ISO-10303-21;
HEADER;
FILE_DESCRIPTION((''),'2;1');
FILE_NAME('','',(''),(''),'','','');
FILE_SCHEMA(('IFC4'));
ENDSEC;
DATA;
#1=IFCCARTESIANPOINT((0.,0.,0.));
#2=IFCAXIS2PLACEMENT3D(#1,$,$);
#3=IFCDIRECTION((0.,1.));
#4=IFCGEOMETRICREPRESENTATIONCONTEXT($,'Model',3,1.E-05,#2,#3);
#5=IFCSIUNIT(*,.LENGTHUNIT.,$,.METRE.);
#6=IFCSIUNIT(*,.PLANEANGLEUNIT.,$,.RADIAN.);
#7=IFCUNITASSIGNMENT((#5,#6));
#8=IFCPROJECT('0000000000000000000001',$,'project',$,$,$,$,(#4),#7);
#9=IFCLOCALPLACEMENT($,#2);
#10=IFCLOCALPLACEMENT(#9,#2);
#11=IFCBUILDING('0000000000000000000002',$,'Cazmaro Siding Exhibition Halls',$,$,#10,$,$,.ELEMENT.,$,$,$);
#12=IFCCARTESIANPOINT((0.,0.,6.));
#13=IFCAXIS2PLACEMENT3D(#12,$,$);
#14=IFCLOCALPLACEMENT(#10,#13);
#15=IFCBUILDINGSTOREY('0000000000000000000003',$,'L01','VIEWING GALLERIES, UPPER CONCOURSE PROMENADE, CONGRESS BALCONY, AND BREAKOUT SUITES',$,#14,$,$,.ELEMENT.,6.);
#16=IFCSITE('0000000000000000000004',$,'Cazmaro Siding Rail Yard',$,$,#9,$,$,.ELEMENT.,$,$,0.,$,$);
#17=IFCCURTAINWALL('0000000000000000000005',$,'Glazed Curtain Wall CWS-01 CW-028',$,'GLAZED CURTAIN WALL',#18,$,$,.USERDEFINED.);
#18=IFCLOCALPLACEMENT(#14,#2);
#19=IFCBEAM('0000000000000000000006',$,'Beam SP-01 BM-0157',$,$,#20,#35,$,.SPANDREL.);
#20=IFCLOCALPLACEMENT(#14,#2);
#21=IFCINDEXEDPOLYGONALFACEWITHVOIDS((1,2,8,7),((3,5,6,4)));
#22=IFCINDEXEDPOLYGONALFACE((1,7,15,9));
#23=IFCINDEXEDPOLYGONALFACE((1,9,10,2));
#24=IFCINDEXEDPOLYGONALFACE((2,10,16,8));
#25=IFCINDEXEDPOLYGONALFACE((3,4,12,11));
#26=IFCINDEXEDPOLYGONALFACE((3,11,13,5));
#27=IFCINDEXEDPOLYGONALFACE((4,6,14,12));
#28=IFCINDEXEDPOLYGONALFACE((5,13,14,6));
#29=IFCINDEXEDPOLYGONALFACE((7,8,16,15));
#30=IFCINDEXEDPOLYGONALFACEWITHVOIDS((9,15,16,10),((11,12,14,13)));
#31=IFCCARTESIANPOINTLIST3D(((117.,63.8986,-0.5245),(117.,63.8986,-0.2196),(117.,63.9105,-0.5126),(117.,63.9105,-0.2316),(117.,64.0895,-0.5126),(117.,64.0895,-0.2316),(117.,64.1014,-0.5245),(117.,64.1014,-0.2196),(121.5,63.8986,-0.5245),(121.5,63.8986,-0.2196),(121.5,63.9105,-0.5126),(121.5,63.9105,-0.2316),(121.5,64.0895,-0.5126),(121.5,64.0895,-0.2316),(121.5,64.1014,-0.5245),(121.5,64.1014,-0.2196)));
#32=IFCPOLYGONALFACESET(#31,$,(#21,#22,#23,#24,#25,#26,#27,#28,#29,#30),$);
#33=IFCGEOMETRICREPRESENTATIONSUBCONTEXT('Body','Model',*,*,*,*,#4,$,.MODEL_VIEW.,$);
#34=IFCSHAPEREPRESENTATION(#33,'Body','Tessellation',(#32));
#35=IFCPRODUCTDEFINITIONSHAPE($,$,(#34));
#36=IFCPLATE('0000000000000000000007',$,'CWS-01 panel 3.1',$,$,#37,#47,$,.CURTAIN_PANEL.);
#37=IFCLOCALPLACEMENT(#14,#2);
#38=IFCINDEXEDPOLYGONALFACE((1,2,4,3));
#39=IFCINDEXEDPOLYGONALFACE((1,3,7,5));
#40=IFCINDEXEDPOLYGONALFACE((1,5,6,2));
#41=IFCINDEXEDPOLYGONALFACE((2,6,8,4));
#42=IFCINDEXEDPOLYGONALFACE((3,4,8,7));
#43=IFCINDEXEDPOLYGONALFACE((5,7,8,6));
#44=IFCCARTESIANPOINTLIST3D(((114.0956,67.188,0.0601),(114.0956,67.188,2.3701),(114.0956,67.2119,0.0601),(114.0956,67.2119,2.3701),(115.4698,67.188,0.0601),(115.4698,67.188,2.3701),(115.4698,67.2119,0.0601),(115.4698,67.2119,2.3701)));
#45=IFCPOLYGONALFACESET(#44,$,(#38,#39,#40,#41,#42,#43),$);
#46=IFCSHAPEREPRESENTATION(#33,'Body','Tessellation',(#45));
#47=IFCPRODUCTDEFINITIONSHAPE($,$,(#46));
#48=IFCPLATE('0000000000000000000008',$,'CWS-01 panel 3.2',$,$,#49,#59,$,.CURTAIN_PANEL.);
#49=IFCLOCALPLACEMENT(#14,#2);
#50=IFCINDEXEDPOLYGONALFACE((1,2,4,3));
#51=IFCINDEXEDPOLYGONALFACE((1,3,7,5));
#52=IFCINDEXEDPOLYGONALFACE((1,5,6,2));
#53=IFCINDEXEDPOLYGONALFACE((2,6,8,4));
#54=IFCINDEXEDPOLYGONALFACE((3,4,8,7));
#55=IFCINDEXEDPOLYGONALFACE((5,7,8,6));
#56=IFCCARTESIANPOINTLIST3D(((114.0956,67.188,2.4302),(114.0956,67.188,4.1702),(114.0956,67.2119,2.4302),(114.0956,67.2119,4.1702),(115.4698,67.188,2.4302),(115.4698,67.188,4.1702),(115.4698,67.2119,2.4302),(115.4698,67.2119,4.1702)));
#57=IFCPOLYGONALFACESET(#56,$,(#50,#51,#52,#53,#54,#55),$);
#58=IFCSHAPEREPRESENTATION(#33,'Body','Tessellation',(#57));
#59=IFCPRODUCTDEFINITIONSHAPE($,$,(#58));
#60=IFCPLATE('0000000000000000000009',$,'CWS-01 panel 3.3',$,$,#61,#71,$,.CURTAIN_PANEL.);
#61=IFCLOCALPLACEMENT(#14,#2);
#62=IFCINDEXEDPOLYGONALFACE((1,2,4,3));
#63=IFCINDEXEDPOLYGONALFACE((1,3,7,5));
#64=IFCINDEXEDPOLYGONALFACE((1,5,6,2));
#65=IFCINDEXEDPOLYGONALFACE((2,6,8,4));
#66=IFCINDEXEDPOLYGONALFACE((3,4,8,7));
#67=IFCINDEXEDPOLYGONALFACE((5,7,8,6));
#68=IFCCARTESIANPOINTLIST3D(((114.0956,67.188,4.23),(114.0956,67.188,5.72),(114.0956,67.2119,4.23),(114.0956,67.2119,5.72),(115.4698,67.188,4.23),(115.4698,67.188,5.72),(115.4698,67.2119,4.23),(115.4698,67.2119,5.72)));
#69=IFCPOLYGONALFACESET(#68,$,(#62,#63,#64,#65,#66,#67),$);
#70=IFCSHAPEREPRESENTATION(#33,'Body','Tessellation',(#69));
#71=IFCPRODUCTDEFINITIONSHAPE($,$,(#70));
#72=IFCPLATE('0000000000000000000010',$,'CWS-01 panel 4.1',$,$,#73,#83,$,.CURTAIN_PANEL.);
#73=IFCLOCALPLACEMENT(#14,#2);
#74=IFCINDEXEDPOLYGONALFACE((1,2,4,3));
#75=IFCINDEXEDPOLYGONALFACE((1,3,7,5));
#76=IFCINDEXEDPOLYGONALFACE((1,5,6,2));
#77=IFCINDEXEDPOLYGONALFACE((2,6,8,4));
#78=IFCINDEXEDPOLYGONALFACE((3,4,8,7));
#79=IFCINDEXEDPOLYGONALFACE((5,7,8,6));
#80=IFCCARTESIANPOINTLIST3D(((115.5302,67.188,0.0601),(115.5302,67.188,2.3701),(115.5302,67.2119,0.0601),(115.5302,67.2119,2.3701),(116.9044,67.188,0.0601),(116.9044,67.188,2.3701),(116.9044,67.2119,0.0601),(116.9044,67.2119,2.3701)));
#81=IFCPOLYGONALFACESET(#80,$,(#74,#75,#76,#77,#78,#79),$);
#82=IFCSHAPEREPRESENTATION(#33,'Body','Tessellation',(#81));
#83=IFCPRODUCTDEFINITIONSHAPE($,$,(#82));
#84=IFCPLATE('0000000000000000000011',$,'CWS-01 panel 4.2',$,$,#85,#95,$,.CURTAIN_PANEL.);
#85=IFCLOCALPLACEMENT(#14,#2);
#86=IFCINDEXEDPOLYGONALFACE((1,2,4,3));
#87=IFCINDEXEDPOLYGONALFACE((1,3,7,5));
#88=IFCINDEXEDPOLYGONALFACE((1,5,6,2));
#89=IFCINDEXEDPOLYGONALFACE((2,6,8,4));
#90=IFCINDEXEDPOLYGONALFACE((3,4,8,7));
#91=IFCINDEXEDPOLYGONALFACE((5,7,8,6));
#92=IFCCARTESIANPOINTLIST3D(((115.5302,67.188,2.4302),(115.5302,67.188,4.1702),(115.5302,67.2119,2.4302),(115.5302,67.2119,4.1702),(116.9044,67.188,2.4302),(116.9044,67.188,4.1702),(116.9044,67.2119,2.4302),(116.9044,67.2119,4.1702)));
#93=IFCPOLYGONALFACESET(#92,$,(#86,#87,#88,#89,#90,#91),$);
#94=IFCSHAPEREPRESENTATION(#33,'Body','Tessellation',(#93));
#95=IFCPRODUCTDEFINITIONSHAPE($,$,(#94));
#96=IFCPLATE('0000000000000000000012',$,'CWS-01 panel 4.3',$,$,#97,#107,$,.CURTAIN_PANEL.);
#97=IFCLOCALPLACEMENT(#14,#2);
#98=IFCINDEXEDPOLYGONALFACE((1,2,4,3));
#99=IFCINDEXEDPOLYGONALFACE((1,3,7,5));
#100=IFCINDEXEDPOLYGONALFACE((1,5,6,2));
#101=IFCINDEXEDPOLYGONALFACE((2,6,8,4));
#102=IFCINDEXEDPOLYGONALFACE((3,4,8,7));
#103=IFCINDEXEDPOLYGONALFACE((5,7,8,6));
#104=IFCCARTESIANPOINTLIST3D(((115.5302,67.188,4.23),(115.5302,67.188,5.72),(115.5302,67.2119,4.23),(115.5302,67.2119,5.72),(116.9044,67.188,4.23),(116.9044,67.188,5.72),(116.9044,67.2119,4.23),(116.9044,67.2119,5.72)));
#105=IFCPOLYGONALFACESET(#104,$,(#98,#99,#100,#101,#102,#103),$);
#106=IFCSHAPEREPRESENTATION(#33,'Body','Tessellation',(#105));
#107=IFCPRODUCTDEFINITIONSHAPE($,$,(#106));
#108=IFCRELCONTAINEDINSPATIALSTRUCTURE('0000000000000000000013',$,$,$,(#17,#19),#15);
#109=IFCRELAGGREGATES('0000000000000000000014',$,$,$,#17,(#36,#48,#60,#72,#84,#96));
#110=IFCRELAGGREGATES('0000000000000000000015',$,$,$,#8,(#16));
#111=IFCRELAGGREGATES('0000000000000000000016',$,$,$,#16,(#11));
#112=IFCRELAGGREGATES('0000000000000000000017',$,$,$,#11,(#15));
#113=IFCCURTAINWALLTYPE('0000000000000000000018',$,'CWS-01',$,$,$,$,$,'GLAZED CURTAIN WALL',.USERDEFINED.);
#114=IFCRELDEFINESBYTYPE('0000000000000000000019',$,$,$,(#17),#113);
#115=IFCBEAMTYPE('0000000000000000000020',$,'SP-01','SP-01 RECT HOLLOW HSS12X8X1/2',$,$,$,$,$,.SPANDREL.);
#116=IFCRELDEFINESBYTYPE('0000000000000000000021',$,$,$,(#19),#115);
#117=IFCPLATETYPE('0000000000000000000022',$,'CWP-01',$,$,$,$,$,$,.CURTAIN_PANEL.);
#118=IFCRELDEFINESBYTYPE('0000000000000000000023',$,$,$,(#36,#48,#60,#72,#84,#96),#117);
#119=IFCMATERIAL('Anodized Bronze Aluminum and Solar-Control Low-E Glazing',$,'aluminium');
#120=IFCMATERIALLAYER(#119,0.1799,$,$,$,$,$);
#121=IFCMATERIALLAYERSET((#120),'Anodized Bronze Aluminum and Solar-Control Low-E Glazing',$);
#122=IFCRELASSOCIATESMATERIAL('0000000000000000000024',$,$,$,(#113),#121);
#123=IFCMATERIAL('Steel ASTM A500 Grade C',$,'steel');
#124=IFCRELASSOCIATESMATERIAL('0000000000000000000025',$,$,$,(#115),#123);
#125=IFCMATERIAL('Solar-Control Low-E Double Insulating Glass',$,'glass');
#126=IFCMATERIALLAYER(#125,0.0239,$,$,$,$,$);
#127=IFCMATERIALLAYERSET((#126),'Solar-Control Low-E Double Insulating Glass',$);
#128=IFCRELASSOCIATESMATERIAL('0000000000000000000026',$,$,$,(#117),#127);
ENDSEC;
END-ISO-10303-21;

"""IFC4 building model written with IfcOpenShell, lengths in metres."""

from ifc_helpers import new_model, si_unit, direction, frame, origin, origin_2d, place, context, subcontext, project, spatial, rectangle, hollow_rectangle, extrude, material, layer, layer_set, material_profile, profile_set, type_object, element, aggregate, save


model = new_model("IFC4")

# Units and contexts
model_context = context("Model", 3, precision=1e-05, world=origin(), true_north=direction((0.0, 1.0)))
body_context = subcontext(model_context, "Body", "Model", "MODEL_VIEW")
ifc_project = project(units=[si_unit("LENGTHUNIT", "METRE"), si_unit("PLANEANGLEUNIT", "RADIAN")], contexts=[model_context])

# Site, building, storey
site_placement = place(None, origin())
site = spatial("IfcSite", under=ifc_project, at=site_placement, Name="Cazmaro Siding Rail Yard", CompositionType="ELEMENT", RefElevation=0.0)
building_placement = place(site_placement, origin())
building = spatial("IfcBuilding", under=site, at=building_placement, Name="Cazmaro Siding Exhibition Halls", CompositionType="ELEMENT")
storey_placement = place(building_placement, frame((0.0, 0.0, 6.0)))
storey = spatial("IfcBuildingStorey", under=building, at=storey_placement, Name="L01", Description="VIEWING GALLERIES, UPPER CONCOURSE PROMENADE, CONGRESS BALCONY, AND BREAKOUT SUITES", CompositionType="ELEMENT", Elevation=6.0)

# Curtain wall
ifc_material_1 = material(Name="Anodized Bronze Aluminum and Solar-Control Low-E Glazing", Category="aluminium")
ifc_layer_1 = layer(ifc_material_1, 0.1799)
ifc_layer_set_1 = layer_set([ifc_layer_1], Name="Anodized Bronze Aluminum and Solar-Control Low-E Glazing")
curtain_wall_type = type_object("IfcCurtainWallType", Name="CWS-01", ElementType="GLAZED CURTAIN WALL", PredefinedType="USERDEFINED", material=ifc_layer_set_1)
curtain_wall_1_placement = place(storey_placement, origin())
curtain_wall_1 = element("IfcCurtainWall", 1, at=curtain_wall_1_placement, inside=storey, type_object=curtain_wall_type, Name="Glazed Curtain Wall CWS-01 CW-028", ObjectType="GLAZED CURTAIN WALL", PredefinedType="USERDEFINED")

# Beam
ifc_material_2 = material(Name="Steel ASTM A500 Grade C", Category="steel")
ifc_material_profile_1 = material_profile(ifc_material_2, hollow_rectangle(XDim=0.2029, YDim=0.3049, WallThickness=0.012, at=origin_2d()), Name="HSS12X8X1/2")
ifc_profile_set_1 = profile_set([ifc_material_profile_1], Name="Steel ASTM A500 Grade C")
beam_type = type_object("IfcBeamType", Name="SP-01", Description="SP-01 RECT HOLLOW HSS12X8X1/2", PredefinedType="SPANDREL", material=ifc_profile_set_1)
beam_placement = place(storey_placement, frame((117.0, 64.0, -0.3721), z_axis=(1.0, 0.0, 0.0), x_axis=(0.0, 1.0, 0.0)))
element("IfcBeam", 2, at=beam_placement, inside=storey, type_object=beam_type, Name="Beam SP-01 BM-0157", PredefinedType="SPANDREL", context=body_context, shape_type="SweptSolid", body=[
    extrude(hollow_rectangle(XDim=0.2029, YDim=0.3049, WallThickness=0.012, at=origin_2d()), origin(), (0.0, 0.0, 1.0), 4.5),
])

# Plates
ifc_material_3 = material(Name="Solar-Control Low-E Double Insulating Glass", Category="glass")
ifc_layer_2 = layer(ifc_material_3, 0.0239)
ifc_layer_set_2 = layer_set([ifc_layer_2], Name="Solar-Control Low-E Double Insulating Glass")
plate_type = type_object("IfcPlateType", Name="CWP-01", PredefinedType="CURTAIN_PANEL", material=ifc_layer_set_2)
plate_1_placement = place(storey_placement, frame((114.7827, 67.2, 0.0601), z_axis=(0.0, 0.0, 1.0), x_axis=(1.0, 0.0, 0.0)))
plate_1 = element("IfcPlate", 3, at=plate_1_placement, type_object=plate_type, Name="CWS-01 panel 3.1", PredefinedType="CURTAIN_PANEL", context=body_context, shape_type="SweptSolid", body=[
    extrude(rectangle(XDim=1.3743, YDim=0.0239, at=origin_2d()), origin(), (0.0, 0.0, 1.0), 2.3101),
])
plate_2_placement = place(storey_placement, frame((114.7827, 67.2, 2.4302), z_axis=(0.0, 0.0, 1.0), x_axis=(1.0, 0.0, 0.0)))
plate_2 = element("IfcPlate", 4, at=plate_2_placement, type_object=plate_type, Name="CWS-01 panel 3.2", PredefinedType="CURTAIN_PANEL", context=body_context, shape_type="SweptSolid", body=[
    extrude(rectangle(XDim=1.3743, YDim=0.0239, at=origin_2d()), origin(), (0.0, 0.0, 1.0), 1.74),
])
plate_3_placement = place(storey_placement, frame((114.7827, 67.2, 4.23), z_axis=(0.0, 0.0, 1.0), x_axis=(1.0, 0.0, 0.0)))
plate_3 = element("IfcPlate", 5, at=plate_3_placement, type_object=plate_type, Name="CWS-01 panel 3.3", PredefinedType="CURTAIN_PANEL", context=body_context, shape_type="SweptSolid", body=[
    extrude(rectangle(XDim=1.3743, YDim=0.0239, at=origin_2d()), origin(), (0.0, 0.0, 1.0), 1.49),
])
plate_4_placement = place(storey_placement, frame((116.2173, 67.2, 0.0601), z_axis=(0.0, 0.0, 1.0), x_axis=(1.0, 0.0, 0.0)))
plate_4 = element("IfcPlate", 6, at=plate_4_placement, type_object=plate_type, Name="CWS-01 panel 4.1", PredefinedType="CURTAIN_PANEL", context=body_context, shape_type="SweptSolid", body=[
    extrude(rectangle(XDim=1.3743, YDim=0.0239, at=origin_2d()), origin(), (0.0, 0.0, 1.0), 2.3101),
])
plate_5_placement = place(storey_placement, frame((116.2173, 67.2, 2.4302), z_axis=(0.0, 0.0, 1.0), x_axis=(1.0, 0.0, 0.0)))
plate_5 = element("IfcPlate", 7, at=plate_5_placement, type_object=plate_type, Name="CWS-01 panel 4.2", PredefinedType="CURTAIN_PANEL", context=body_context, shape_type="SweptSolid", body=[
    extrude(rectangle(XDim=1.3743, YDim=0.0239, at=origin_2d()), origin(), (0.0, 0.0, 1.0), 1.74),
])
plate_6_placement = place(storey_placement, frame((116.2173, 67.2, 4.23), z_axis=(0.0, 0.0, 1.0), x_axis=(1.0, 0.0, 0.0)))
plate_6 = element("IfcPlate", 8, at=plate_6_placement, type_object=plate_type, Name="CWS-01 panel 4.3", PredefinedType="CURTAIN_PANEL", context=body_context, shape_type="SweptSolid", body=[
    extrude(rectangle(XDim=1.3743, YDim=0.0239, at=origin_2d()), origin(), (0.0, 0.0, 1.0), 1.49),
])
aggregate(curtain_wall_1, [plate_1, plate_2, plate_3, plate_4, plate_5, plate_6])

save(model, "model.ifc")
